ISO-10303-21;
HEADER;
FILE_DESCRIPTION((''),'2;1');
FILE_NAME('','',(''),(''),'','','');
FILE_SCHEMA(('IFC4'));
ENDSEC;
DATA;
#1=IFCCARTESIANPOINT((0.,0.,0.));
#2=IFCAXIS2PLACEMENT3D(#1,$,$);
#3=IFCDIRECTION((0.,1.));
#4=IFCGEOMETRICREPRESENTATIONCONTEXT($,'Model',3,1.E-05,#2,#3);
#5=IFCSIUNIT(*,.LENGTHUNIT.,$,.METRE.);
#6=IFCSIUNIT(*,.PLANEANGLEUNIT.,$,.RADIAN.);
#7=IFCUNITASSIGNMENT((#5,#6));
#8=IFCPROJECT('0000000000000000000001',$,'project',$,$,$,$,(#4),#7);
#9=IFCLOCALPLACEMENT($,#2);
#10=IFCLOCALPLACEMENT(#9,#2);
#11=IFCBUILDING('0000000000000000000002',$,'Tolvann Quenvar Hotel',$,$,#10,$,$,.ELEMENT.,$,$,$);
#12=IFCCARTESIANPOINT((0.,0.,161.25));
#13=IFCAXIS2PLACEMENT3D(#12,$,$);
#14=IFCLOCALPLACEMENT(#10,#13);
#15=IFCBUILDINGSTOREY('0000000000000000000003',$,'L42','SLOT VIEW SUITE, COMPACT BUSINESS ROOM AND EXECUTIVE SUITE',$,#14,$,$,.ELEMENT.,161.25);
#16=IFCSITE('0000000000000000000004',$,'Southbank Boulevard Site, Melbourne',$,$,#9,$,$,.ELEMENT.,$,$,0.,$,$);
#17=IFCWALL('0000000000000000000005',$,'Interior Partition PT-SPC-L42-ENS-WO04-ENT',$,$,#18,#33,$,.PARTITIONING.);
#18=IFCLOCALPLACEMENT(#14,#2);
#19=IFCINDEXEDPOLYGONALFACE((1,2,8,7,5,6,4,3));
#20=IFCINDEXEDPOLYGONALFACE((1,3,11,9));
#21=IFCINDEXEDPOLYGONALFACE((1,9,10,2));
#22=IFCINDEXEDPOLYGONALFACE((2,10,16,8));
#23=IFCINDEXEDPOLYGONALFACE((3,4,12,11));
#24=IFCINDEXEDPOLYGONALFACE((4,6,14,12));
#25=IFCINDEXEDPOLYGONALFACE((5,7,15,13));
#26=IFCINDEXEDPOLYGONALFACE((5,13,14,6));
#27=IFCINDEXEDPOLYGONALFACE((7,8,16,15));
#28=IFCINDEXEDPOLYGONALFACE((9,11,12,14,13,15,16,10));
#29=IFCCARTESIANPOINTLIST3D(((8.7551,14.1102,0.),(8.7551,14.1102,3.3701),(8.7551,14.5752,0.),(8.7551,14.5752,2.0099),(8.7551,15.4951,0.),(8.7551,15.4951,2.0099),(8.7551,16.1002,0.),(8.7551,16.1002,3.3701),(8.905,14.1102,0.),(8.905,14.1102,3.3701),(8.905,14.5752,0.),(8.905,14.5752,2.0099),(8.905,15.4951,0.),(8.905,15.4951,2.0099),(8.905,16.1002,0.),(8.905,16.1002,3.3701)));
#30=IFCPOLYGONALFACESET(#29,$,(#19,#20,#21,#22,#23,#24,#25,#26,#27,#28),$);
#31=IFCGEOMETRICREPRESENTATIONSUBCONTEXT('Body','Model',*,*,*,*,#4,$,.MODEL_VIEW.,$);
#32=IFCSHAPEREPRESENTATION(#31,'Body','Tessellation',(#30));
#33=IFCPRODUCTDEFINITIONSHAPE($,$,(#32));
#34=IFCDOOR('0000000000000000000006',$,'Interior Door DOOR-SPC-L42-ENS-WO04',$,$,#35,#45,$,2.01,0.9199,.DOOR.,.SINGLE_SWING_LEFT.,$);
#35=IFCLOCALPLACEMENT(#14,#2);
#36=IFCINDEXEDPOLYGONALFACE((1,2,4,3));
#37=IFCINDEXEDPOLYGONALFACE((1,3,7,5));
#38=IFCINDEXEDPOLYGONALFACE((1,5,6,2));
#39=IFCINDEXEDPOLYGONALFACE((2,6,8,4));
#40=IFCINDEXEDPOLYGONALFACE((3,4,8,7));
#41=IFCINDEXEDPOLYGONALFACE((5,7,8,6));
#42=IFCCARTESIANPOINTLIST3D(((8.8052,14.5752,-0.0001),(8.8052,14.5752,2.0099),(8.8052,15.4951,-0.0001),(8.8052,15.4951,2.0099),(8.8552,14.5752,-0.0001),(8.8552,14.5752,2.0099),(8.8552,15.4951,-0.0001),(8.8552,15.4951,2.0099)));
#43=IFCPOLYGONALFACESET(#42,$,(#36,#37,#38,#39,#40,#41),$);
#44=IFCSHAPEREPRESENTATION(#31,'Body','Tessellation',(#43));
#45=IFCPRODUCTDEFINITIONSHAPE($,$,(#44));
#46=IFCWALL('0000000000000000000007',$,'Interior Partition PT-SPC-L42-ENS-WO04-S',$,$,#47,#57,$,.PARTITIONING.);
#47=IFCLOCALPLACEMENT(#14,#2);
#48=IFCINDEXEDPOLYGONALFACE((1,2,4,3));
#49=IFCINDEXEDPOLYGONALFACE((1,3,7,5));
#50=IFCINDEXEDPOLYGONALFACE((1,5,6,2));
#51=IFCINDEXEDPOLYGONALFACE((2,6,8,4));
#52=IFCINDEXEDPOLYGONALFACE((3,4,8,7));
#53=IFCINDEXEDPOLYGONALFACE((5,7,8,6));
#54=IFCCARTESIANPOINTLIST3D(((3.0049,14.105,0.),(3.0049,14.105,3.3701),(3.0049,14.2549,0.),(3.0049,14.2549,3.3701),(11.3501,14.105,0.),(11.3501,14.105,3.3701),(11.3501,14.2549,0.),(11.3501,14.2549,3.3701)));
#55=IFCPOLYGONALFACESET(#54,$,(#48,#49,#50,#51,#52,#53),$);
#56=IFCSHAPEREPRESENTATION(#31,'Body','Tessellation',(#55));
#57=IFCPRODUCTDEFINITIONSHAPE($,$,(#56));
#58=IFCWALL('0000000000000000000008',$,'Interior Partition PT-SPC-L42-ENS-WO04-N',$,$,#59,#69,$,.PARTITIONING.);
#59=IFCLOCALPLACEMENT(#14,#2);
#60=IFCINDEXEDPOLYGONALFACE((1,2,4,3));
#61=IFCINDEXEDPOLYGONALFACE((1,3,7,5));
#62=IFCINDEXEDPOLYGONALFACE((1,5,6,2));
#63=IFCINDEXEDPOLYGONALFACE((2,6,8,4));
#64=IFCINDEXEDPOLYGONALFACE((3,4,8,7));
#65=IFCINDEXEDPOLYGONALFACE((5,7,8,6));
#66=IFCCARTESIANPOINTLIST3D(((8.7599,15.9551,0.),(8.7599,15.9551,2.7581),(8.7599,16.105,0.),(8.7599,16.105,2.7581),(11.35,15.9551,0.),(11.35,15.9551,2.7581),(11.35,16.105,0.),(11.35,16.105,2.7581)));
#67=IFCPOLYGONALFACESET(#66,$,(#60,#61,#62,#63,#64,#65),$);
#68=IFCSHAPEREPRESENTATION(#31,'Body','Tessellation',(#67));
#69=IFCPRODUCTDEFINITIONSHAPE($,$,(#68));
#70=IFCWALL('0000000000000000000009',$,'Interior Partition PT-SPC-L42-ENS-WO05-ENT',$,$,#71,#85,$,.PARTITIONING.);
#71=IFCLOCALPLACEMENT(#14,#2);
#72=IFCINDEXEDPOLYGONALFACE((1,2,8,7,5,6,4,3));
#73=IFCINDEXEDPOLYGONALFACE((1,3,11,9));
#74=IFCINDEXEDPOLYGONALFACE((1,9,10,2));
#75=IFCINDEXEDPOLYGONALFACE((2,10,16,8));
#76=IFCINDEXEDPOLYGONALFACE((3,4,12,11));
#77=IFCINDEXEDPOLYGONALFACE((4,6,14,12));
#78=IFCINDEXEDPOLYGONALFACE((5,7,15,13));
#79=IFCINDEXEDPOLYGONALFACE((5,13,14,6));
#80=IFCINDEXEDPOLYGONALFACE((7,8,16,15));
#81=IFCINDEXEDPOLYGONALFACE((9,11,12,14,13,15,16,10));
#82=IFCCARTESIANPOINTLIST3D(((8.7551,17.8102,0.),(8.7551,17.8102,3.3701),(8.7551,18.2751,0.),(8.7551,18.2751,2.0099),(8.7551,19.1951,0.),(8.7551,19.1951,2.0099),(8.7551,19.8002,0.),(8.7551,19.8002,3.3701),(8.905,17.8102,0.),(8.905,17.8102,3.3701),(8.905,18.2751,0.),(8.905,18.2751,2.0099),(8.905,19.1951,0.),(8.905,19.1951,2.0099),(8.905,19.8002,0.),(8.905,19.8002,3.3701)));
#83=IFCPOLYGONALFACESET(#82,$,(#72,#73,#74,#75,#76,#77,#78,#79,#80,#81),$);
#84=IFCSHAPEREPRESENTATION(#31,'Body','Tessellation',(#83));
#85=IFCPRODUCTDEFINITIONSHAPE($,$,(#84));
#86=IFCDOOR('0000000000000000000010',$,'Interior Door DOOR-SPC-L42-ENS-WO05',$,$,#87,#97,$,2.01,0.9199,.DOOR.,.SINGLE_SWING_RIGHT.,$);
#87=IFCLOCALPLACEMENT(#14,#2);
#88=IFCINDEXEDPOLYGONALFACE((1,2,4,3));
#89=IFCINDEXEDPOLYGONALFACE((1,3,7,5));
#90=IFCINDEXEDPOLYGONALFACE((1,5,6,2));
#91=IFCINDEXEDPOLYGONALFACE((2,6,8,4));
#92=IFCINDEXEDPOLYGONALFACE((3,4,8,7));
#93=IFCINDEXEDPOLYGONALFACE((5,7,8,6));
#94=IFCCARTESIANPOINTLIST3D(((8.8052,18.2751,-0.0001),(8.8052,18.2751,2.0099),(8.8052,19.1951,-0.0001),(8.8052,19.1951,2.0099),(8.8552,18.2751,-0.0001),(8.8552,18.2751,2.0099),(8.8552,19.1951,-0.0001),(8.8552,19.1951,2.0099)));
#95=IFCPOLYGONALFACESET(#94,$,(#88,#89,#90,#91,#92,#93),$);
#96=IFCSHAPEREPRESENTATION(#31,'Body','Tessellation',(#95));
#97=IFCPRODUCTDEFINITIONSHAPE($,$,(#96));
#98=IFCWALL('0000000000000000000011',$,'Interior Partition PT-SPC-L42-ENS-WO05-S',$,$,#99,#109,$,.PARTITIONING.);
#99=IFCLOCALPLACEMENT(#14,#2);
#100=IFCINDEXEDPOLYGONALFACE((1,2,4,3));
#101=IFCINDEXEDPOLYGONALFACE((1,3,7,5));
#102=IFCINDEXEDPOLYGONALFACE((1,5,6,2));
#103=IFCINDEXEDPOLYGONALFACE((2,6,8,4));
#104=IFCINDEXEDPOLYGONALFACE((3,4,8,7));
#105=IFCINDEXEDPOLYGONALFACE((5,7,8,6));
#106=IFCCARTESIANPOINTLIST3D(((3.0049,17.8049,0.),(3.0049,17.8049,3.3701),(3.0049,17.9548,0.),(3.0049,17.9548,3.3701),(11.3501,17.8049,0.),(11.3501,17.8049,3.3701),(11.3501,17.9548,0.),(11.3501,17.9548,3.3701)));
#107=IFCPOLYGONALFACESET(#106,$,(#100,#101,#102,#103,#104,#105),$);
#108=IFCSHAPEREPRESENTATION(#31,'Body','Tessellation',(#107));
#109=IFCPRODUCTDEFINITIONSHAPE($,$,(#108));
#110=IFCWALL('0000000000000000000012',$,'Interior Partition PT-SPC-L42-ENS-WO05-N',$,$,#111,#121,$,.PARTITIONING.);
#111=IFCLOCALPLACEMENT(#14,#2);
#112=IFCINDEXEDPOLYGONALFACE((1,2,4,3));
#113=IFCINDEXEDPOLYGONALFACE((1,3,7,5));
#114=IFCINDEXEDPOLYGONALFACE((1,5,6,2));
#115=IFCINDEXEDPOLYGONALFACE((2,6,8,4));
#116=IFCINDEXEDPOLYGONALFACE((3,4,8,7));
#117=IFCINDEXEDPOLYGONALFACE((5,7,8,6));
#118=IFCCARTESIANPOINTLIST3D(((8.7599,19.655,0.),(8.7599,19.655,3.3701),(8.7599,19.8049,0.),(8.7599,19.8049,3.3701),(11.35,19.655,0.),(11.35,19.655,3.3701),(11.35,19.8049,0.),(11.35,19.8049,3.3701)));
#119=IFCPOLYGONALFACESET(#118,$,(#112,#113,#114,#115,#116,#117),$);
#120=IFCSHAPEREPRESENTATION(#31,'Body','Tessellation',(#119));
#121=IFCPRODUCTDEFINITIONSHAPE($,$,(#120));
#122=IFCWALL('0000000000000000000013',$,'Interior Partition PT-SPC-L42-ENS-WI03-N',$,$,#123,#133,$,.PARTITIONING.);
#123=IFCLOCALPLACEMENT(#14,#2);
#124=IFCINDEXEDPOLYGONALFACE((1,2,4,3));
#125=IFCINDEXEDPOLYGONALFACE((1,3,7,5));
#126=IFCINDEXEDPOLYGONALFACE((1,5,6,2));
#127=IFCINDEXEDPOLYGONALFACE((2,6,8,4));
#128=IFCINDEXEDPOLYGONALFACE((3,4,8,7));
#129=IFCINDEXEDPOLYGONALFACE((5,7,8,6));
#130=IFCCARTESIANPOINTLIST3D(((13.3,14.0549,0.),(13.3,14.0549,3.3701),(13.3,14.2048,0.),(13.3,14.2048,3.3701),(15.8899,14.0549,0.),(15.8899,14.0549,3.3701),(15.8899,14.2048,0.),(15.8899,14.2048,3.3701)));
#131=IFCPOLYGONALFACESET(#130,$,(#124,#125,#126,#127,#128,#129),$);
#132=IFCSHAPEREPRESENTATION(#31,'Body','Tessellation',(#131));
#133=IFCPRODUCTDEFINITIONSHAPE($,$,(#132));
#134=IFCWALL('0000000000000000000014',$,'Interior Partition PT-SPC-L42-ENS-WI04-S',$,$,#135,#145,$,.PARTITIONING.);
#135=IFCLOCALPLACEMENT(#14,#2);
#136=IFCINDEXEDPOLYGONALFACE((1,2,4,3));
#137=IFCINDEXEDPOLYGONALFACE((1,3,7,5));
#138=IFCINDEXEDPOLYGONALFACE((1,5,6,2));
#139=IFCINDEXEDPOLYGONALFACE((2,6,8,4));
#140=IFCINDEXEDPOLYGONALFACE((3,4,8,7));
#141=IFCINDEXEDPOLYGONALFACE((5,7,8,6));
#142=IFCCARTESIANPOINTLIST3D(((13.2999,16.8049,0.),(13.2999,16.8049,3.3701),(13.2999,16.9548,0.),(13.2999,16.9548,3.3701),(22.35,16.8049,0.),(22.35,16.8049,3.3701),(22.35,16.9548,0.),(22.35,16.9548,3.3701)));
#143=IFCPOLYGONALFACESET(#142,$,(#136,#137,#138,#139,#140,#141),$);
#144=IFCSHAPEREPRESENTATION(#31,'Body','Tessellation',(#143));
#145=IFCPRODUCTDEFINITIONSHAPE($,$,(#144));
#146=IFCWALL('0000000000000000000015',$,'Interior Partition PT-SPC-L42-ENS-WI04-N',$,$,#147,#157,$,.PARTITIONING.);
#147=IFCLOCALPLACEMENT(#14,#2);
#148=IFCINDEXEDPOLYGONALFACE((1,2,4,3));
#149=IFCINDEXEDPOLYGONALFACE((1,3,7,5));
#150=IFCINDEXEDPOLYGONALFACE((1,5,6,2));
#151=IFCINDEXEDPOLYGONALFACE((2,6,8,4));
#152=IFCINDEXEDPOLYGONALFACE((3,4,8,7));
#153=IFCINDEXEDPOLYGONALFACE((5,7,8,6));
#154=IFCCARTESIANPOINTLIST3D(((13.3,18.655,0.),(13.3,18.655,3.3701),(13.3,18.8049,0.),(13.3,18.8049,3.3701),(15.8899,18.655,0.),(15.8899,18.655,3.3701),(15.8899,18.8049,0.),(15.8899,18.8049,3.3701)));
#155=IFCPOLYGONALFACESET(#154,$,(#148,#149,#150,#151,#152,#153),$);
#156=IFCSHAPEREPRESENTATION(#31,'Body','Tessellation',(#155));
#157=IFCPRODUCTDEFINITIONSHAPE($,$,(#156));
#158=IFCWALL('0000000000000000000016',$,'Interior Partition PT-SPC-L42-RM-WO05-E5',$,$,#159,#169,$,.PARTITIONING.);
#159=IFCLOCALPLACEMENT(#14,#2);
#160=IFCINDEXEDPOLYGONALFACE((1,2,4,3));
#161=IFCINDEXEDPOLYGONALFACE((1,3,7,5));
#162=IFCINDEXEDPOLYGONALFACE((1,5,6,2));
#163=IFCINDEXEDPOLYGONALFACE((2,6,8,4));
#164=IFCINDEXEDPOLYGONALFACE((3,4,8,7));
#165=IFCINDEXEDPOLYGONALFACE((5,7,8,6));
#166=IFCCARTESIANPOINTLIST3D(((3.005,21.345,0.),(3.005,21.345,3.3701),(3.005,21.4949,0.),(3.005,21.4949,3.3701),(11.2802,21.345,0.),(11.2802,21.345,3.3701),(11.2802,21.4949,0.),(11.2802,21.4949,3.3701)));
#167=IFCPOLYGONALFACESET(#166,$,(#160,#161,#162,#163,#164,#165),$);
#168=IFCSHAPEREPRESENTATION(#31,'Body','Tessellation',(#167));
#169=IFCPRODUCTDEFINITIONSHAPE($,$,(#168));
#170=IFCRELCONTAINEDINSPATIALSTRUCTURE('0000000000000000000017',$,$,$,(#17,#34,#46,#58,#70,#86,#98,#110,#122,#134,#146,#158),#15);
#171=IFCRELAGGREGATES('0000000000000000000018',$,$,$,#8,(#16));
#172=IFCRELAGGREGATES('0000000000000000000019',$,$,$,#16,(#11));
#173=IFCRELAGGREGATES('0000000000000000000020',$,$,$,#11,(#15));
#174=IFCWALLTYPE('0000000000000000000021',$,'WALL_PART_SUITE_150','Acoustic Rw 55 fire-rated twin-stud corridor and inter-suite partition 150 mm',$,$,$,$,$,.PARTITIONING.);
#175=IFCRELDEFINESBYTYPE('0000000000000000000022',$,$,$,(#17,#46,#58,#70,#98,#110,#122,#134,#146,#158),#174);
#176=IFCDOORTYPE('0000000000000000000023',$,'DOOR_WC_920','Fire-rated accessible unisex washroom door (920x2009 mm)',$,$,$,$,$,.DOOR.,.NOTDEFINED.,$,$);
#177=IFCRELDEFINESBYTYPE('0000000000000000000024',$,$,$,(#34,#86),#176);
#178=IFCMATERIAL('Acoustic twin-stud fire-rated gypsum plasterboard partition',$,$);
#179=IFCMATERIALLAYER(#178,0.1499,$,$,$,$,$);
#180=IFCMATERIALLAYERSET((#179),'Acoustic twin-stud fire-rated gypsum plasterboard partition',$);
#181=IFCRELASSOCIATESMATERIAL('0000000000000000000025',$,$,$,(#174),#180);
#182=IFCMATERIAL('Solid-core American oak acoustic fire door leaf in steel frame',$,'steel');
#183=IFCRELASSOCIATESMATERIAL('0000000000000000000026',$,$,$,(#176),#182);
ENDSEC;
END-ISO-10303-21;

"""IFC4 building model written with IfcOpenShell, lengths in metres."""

from ifc_helpers import new_model, si_unit, direction, frame, frame_2d, origin, place, context, subcontext, project, spatial, rectangle, extrude, source, transform, mapped, material, layer, layer_set, type_object, type_shapes, element, fill, save


model = new_model("IFC4")

# Units and contexts
model_context = context("Model", 3, precision=1e-05, world=origin(), true_north=direction((0.0, 1.0)))
body_context = subcontext(model_context, "Body", "Model", "MODEL_VIEW")
ifc_project = project(units=[si_unit("LENGTHUNIT", "METRE"), si_unit("PLANEANGLEUNIT", "RADIAN")], contexts=[model_context])

# Site, building, storey
site_placement = place(None, origin())
site = spatial("IfcSite", under=ifc_project, at=site_placement, Name="Southbank Boulevard Site, Melbourne", CompositionType="ELEMENT", RefElevation=0.0)
building_placement = place(site_placement, origin())
building = spatial("IfcBuilding", under=site, at=building_placement, Name="Tolvann Quenvar Hotel", CompositionType="ELEMENT")
storey_placement = place(building_placement, frame((0.0, 0.0, 161.25)))
storey = spatial("IfcBuildingStorey", under=building, at=storey_placement, Name="L42", Description="SLOT VIEW SUITE, COMPACT BUSINESS ROOM AND EXECUTIVE SUITE", CompositionType="ELEMENT", Elevation=161.25)

# Shared definitions
ifc_material_1 = material(Name="Acoustic twin-stud fire-rated gypsum plasterboard partition")
ifc_material_2 = material(Name="Solid-core American oak acoustic fire door leaf in steel frame", Category="steel")

# Wall, opening, door
ifc_layer_1 = layer(ifc_material_1, 0.1499)
ifc_layer_set_1 = layer_set([ifc_layer_1], Name="Acoustic twin-stud fire-rated gypsum plasterboard partition")
wall_type_1 = type_object("IfcWallType", Name="WALL_PART_SUITE_150", Description="Acoustic Rw 55 fire-rated twin-stud corridor and inter-suite partition 150 mm", PredefinedType="PARTITIONING", material=ifc_layer_set_1)
wall_1_placement = place(storey_placement, frame((8.8301, 14.1101, 0.0), z_axis=(0.0, 0.0, 1.0), x_axis=(0.0, 1.0, 0.0)))
wall_1 = element("IfcWall", 1, at=wall_1_placement, inside=storey, type_object=wall_type_1, Name="Interior Partition PT-SPC-L42-ENS-WO04-ENT", PredefinedType="PARTITIONING", context=body_context, shape_type="SweptSolid", body=[
    extrude(rectangle(XDim=1.99, YDim=0.1499, at=frame_2d((0.9951, 0.0))), origin(), (0.0, 0.0, 1.0), 3.3701),
])
opening_1_placement = place(wall_1_placement, frame((0.4651, 0.0, 0.0)))
opening_1 = element("IfcOpeningElement", 2, at=opening_1_placement, cuts=wall_1, PredefinedType="OPENING", context=body_context, shape_type="SweptSolid", body=[
    extrude(rectangle(XDim=0.9199, YDim=2.01, at=frame_2d((0.46, 1.0049))), frame((0.0, 0.085, 0.0), z_axis=(0.0, -1.0, 0.0), x_axis=(1.0, 0.0, 0.0)), (0.0, 0.0, 1.0), 0.1699),
])
door_type_1 = type_object("IfcDoorType", Name="DOOR_WC_920", Description="Fire-rated accessible unisex washroom door (920x2009 mm)", OperationType="NOTDEFINED", PredefinedType="DOOR", material=ifc_material_2)
shared_shape_1 = source(origin(), body_context, "Body", "SweptSolid", [
    extrude(rectangle(XDim=0.9199, YDim=2.01, at=frame_2d((0.46, 1.0049))), frame((0.0, 0.0249, 0.0), z_axis=(0.0, -1.0, 0.0), x_axis=(1.0, 0.0, 0.0)), (0.0, 0.0, 1.0), 0.05),
])
type_shapes(door_type_1, [shared_shape_1])
door_1_placement = place(opening_1_placement, origin())
door_1 = element("IfcDoor", 3, at=door_1_placement, inside=storey, type_object=door_type_1, Name="Interior Door DOOR-SPC-L42-ENS-WO04", OperationType="SINGLE_SWING_LEFT", OverallHeight=2.01, OverallWidth=0.9199, PredefinedType="DOOR", context=body_context, shape_type="MappedRepresentation", body=[
    mapped(shared_shape_1, transform((0.0, 0.0, 0.0), x_axis=(1.0, 0.0, 0.0), y_axis=(0.0, 1.0, 0.0), z_axis=(0.0, 0.0, 1.0), scale=1.0)),
])
fill(opening_1, door_1)

# Walls
wall_2_placement = place(storey_placement, frame((3.0049, 14.1799, 0.0), z_axis=(0.0, 0.0, 1.0), x_axis=(1.0, 0.0, 0.0)))
element("IfcWall", 4, at=wall_2_placement, inside=storey, type_object=wall_type_1, Name="Interior Partition PT-SPC-L42-ENS-WO04-S", PredefinedType="PARTITIONING", context=body_context, shape_type="SweptSolid", body=[
    extrude(rectangle(XDim=8.3452, YDim=0.1499, at=frame_2d((4.1726, 0.0))), origin(), (0.0, 0.0, 1.0), 3.3701),
])
wall_3_placement = place(storey_placement, frame((8.76, 16.03, 0.0), z_axis=(0.0, 0.0, 1.0), x_axis=(1.0, 0.0, 0.0)))
element("IfcWall", 5, at=wall_3_placement, inside=storey, type_object=wall_type_1, Name="Interior Partition PT-SPC-L42-ENS-WO04-N", PredefinedType="PARTITIONING", context=body_context, shape_type="SweptSolid", body=[
    extrude(rectangle(XDim=2.5901, YDim=0.1499, at=frame_2d((1.2949, 0.0))), origin(), (0.0, 0.0, 1.0), 2.7581),
])

# Wall, opening, door
wall_4_placement = place(storey_placement, frame((8.8301, 17.8101, 0.0), z_axis=(0.0, 0.0, 1.0), x_axis=(0.0, 1.0, 0.0)))
wall_4 = element("IfcWall", 6, at=wall_4_placement, inside=storey, type_object=wall_type_1, Name="Interior Partition PT-SPC-L42-ENS-WO05-ENT", PredefinedType="PARTITIONING", context=body_context, shape_type="SweptSolid", body=[
    extrude(rectangle(XDim=1.99, YDim=0.1499, at=frame_2d((0.9951, 0.0))), origin(), (0.0, 0.0, 1.0), 3.3701),
])
opening_2_placement = place(wall_4_placement, frame((0.4651, 0.0, 0.0)))
opening_2 = element("IfcOpeningElement", 7, at=opening_2_placement, cuts=wall_4, PredefinedType="OPENING", context=body_context, shape_type="SweptSolid", body=[
    extrude(rectangle(XDim=0.9199, YDim=2.01, at=frame_2d((0.46, 1.0049))), frame((0.0, 0.085, 0.0), z_axis=(0.0, -1.0, 0.0), x_axis=(1.0, 0.0, 0.0)), (0.0, 0.0, 1.0), 0.1699),
])
door_2_placement = place(opening_2_placement, origin())
door_2 = element("IfcDoor", 8, at=door_2_placement, inside=storey, type_object=door_type_1, Name="Interior Door DOOR-SPC-L42-ENS-WO05", OperationType="SINGLE_SWING_RIGHT", OverallHeight=2.01, OverallWidth=0.9199, PredefinedType="DOOR", context=body_context, shape_type="MappedRepresentation", body=[
    mapped(shared_shape_1, transform((0.0, 0.0, 0.0), x_axis=(1.0, 0.0, 0.0), y_axis=(0.0, 1.0, 0.0), z_axis=(0.0, 0.0, 1.0), scale=1.0)),
])
fill(opening_2, door_2)

# Walls
wall_5_placement = place(storey_placement, frame((3.0049, 17.8799, 0.0), z_axis=(0.0, 0.0, 1.0), x_axis=(1.0, 0.0, 0.0)))
element("IfcWall", 9, at=wall_5_placement, inside=storey, type_object=wall_type_1, Name="Interior Partition PT-SPC-L42-ENS-WO05-S", PredefinedType="PARTITIONING", context=body_context, shape_type="SweptSolid", body=[
    extrude(rectangle(XDim=8.3452, YDim=0.1499, at=frame_2d((4.1726, 0.0))), origin(), (0.0, 0.0, 1.0), 3.3701),
])
wall_6_placement = place(storey_placement, frame((8.76, 19.73, 0.0), z_axis=(0.0, 0.0, 1.0), x_axis=(1.0, 0.0, 0.0)))
element("IfcWall", 10, at=wall_6_placement, inside=storey, type_object=wall_type_1, Name="Interior Partition PT-SPC-L42-ENS-WO05-N", PredefinedType="PARTITIONING", context=body_context, shape_type="SweptSolid", body=[
    extrude(rectangle(XDim=2.5901, YDim=0.1499, at=frame_2d((1.2949, 0.0))), origin(), (0.0, 0.0, 1.0), 3.3701),
])
wall_7_placement = place(storey_placement, frame((13.3, 14.1299, 0.0), z_axis=(0.0, 0.0, 1.0), x_axis=(1.0, 0.0, 0.0)))
element("IfcWall", 11, at=wall_7_placement, inside=storey, type_object=wall_type_1, Name="Interior Partition PT-SPC-L42-ENS-WI03-N", PredefinedType="PARTITIONING", context=body_context, shape_type="SweptSolid", body=[
    extrude(rectangle(XDim=2.5898, YDim=0.1499, at=frame_2d((1.2949, 0.0))), origin(), (0.0, 0.0, 1.0), 3.3701),
])
wall_8_placement = place(storey_placement, frame((13.3, 16.8799, 0.0), z_axis=(0.0, 0.0, 1.0), x_axis=(1.0, 0.0, 0.0)))
element("IfcWall", 12, at=wall_8_placement, inside=storey, type_object=wall_type_1, Name="Interior Partition PT-SPC-L42-ENS-WI04-S", PredefinedType="PARTITIONING", context=body_context, shape_type="SweptSolid", body=[
    extrude(rectangle(XDim=9.05, YDim=0.1499, at=frame_2d((4.5249, 0.0))), origin(), (0.0, 0.0, 1.0), 3.3701),
])
wall_9_placement = place(storey_placement, frame((13.3, 18.73, 0.0), z_axis=(0.0, 0.0, 1.0), x_axis=(1.0, 0.0, 0.0)))
element("IfcWall", 13, at=wall_9_placement, inside=storey, type_object=wall_type_1, Name="Interior Partition PT-SPC-L42-ENS-WI04-N", PredefinedType="PARTITIONING", context=body_context, shape_type="SweptSolid", body=[
    extrude(rectangle(XDim=2.5898, YDim=0.1499, at=frame_2d((1.2949, 0.0))), origin(), (0.0, 0.0, 1.0), 3.3701),
])

# Wall
wall_10_placement = place(storey_placement, frame((3.0049, 21.4199, 0.0), z_axis=(0.0, 0.0, 1.0), x_axis=(1.0, 0.0, 0.0)))
element("IfcWall", 14, at=wall_10_placement, inside=storey, type_object=wall_type_1, Name="Interior Partition PT-SPC-L42-RM-WO05-E5", PredefinedType="PARTITIONING", context=body_context, shape_type="SweptSolid", body=[
    extrude(rectangle(XDim=8.2751, YDim=0.1499, at=frame_2d((4.1377, 0.0))), origin(), (0.0, 0.0, 1.0), 3.3701),
])

save(model, "model.ifc")
